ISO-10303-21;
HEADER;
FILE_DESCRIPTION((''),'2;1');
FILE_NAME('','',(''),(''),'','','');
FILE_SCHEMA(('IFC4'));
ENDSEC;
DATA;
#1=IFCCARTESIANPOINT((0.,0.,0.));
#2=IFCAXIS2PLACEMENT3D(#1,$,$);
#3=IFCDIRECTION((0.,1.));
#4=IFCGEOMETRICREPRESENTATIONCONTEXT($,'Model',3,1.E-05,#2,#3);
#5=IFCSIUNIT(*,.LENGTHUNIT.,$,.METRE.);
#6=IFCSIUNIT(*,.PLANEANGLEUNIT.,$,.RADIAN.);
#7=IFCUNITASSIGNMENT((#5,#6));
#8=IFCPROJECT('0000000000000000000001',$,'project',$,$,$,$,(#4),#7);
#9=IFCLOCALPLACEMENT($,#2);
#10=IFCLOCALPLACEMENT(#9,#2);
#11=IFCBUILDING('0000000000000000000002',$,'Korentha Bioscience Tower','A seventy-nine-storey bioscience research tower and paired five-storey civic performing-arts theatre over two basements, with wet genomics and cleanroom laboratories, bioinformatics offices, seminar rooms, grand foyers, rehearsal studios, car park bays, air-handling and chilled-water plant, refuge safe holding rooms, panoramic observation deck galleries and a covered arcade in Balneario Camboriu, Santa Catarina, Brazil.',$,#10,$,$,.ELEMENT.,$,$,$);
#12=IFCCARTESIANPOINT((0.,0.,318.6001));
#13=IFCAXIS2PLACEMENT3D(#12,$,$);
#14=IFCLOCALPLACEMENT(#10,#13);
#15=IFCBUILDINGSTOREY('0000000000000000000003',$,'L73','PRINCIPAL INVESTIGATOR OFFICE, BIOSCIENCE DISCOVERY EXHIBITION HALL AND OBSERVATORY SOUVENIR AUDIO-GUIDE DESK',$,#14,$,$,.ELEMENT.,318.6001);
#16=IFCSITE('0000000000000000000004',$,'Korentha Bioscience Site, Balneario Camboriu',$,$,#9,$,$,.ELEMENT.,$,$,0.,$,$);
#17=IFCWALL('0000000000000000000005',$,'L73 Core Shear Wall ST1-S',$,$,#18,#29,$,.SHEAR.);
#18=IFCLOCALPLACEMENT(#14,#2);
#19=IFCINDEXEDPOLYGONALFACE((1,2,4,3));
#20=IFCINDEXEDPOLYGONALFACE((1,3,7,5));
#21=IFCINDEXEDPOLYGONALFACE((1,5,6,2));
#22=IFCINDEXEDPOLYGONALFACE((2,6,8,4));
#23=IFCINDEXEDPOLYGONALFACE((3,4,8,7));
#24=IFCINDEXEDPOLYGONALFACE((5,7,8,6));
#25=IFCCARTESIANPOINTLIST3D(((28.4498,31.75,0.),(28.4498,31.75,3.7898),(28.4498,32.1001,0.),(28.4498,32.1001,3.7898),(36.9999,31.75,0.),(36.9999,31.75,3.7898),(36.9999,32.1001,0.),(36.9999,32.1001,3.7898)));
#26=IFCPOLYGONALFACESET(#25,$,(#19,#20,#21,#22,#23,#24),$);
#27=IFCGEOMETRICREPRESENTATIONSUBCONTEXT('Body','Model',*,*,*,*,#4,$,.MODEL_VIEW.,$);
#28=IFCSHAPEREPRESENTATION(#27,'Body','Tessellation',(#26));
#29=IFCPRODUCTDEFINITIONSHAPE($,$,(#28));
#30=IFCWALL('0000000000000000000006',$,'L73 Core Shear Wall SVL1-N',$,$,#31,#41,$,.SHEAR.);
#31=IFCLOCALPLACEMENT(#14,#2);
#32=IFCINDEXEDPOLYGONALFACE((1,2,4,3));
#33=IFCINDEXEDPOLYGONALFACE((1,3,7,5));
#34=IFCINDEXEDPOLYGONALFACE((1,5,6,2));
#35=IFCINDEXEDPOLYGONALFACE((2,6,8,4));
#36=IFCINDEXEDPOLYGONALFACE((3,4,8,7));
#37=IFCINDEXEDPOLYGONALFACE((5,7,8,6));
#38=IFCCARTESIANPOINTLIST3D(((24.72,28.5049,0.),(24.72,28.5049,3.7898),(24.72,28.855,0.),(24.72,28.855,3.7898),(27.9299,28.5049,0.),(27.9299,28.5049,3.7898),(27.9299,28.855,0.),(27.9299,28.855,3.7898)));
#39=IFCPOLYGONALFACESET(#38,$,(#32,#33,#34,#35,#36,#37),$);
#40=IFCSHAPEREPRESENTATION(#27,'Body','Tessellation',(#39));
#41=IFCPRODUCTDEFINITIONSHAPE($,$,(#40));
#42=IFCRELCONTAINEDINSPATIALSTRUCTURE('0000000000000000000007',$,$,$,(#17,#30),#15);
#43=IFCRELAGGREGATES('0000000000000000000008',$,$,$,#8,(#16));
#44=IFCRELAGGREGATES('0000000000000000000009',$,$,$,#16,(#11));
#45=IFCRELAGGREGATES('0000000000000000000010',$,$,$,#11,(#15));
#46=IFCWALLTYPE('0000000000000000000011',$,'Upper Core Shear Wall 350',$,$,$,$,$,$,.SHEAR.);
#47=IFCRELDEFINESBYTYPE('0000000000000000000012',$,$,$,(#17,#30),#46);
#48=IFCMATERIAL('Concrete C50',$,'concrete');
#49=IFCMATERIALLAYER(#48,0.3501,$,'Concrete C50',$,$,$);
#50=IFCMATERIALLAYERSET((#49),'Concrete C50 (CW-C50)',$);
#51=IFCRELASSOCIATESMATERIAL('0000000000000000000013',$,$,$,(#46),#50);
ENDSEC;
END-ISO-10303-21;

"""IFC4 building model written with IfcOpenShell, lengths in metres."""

from ifc_helpers import new_model, si_unit, direction, frame, frame_2d, origin, place, context, subcontext, project, spatial, rectangle, extrude, material, layer, layer_set, type_object, element, save


model = new_model("IFC4")

# Units and contexts
model_context = context("Model", 3, precision=1e-05, world=origin(), true_north=direction((0.0, 1.0)))
body_context = subcontext(model_context, "Body", "Model", "MODEL_VIEW")
ifc_project = project(units=[si_unit("LENGTHUNIT", "METRE"), si_unit("PLANEANGLEUNIT", "RADIAN")], contexts=[model_context])

# Site, building, storey
site_placement = place(None, origin())
site = spatial("IfcSite", under=ifc_project, at=site_placement, Name="Korentha Bioscience Site, Balneario Camboriu", CompositionType="ELEMENT", RefElevation=0.0)
building_placement = place(site_placement, origin())
building = spatial("IfcBuilding", under=site, at=building_placement, Name="Korentha Bioscience Tower", Description="A seventy-nine-storey bioscience research tower and paired five-storey civic performing-arts theatre over two basements, with wet genomics and cleanroom laboratories, bioinformatics offices, seminar rooms, grand foyers, rehearsal studios, car park bays, air-handling and chilled-water plant, refuge safe holding rooms, panoramic observation deck galleries and a covered arcade in Balneario Camboriu, Santa Catarina, Brazil.", CompositionType="ELEMENT")
storey_placement = place(building_placement, frame((0.0, 0.0, 318.6001)))
storey = spatial("IfcBuildingStorey", under=building, at=storey_placement, Name="L73", Description="PRINCIPAL INVESTIGATOR OFFICE, BIOSCIENCE DISCOVERY EXHIBITION HALL AND OBSERVATORY SOUVENIR AUDIO-GUIDE DESK", CompositionType="ELEMENT", Elevation=318.6001)

# Wall
ifc_material_1 = material(Name="Concrete C50", Category="concrete")
ifc_layer_1 = layer(ifc_material_1, 0.3501, Name="Concrete C50")
ifc_layer_set_1 = layer_set([ifc_layer_1], Name="Concrete C50 (CW-C50)")
wall_type_1 = type_object("IfcWallType", Name="Upper Core Shear Wall 350", PredefinedType="SHEAR", material=ifc_layer_set_1)
wall_1_placement = place(storey_placement, frame((28.45, 31.925, 0.0), z_axis=(0.0, 0.0, 1.0), x_axis=(1.0, 0.0, 0.0)))
element("IfcWall", 1, at=wall_1_placement, inside=storey, type_object=wall_type_1, Name="L73 Core Shear Wall ST1-S", PredefinedType="SHEAR", context=body_context, shape_type="SweptSolid", body=[
    extrude(rectangle(XDim=8.55, YDim=0.3501, at=frame_2d((4.2749, 0.0))), origin(), (0.0, 0.0, 1.0), 3.7898),
])

# Wall
wall_2_placement = place(storey_placement, frame((24.72, 28.6799, 0.0), z_axis=(0.0, 0.0, 1.0), x_axis=(1.0, 0.0, 0.0)))
element("IfcWall", 2, at=wall_2_placement, inside=storey, type_object=wall_type_1, Name="L73 Core Shear Wall SVL1-N", PredefinedType="SHEAR", context=body_context, shape_type="SweptSolid", body=[
    extrude(rectangle(XDim=3.21, YDim=0.3501, at=frame_2d((1.605, 0.0))), origin(), (0.0, 0.0, 1.0), 3.7898),
])

save(model, "model.ifc")
